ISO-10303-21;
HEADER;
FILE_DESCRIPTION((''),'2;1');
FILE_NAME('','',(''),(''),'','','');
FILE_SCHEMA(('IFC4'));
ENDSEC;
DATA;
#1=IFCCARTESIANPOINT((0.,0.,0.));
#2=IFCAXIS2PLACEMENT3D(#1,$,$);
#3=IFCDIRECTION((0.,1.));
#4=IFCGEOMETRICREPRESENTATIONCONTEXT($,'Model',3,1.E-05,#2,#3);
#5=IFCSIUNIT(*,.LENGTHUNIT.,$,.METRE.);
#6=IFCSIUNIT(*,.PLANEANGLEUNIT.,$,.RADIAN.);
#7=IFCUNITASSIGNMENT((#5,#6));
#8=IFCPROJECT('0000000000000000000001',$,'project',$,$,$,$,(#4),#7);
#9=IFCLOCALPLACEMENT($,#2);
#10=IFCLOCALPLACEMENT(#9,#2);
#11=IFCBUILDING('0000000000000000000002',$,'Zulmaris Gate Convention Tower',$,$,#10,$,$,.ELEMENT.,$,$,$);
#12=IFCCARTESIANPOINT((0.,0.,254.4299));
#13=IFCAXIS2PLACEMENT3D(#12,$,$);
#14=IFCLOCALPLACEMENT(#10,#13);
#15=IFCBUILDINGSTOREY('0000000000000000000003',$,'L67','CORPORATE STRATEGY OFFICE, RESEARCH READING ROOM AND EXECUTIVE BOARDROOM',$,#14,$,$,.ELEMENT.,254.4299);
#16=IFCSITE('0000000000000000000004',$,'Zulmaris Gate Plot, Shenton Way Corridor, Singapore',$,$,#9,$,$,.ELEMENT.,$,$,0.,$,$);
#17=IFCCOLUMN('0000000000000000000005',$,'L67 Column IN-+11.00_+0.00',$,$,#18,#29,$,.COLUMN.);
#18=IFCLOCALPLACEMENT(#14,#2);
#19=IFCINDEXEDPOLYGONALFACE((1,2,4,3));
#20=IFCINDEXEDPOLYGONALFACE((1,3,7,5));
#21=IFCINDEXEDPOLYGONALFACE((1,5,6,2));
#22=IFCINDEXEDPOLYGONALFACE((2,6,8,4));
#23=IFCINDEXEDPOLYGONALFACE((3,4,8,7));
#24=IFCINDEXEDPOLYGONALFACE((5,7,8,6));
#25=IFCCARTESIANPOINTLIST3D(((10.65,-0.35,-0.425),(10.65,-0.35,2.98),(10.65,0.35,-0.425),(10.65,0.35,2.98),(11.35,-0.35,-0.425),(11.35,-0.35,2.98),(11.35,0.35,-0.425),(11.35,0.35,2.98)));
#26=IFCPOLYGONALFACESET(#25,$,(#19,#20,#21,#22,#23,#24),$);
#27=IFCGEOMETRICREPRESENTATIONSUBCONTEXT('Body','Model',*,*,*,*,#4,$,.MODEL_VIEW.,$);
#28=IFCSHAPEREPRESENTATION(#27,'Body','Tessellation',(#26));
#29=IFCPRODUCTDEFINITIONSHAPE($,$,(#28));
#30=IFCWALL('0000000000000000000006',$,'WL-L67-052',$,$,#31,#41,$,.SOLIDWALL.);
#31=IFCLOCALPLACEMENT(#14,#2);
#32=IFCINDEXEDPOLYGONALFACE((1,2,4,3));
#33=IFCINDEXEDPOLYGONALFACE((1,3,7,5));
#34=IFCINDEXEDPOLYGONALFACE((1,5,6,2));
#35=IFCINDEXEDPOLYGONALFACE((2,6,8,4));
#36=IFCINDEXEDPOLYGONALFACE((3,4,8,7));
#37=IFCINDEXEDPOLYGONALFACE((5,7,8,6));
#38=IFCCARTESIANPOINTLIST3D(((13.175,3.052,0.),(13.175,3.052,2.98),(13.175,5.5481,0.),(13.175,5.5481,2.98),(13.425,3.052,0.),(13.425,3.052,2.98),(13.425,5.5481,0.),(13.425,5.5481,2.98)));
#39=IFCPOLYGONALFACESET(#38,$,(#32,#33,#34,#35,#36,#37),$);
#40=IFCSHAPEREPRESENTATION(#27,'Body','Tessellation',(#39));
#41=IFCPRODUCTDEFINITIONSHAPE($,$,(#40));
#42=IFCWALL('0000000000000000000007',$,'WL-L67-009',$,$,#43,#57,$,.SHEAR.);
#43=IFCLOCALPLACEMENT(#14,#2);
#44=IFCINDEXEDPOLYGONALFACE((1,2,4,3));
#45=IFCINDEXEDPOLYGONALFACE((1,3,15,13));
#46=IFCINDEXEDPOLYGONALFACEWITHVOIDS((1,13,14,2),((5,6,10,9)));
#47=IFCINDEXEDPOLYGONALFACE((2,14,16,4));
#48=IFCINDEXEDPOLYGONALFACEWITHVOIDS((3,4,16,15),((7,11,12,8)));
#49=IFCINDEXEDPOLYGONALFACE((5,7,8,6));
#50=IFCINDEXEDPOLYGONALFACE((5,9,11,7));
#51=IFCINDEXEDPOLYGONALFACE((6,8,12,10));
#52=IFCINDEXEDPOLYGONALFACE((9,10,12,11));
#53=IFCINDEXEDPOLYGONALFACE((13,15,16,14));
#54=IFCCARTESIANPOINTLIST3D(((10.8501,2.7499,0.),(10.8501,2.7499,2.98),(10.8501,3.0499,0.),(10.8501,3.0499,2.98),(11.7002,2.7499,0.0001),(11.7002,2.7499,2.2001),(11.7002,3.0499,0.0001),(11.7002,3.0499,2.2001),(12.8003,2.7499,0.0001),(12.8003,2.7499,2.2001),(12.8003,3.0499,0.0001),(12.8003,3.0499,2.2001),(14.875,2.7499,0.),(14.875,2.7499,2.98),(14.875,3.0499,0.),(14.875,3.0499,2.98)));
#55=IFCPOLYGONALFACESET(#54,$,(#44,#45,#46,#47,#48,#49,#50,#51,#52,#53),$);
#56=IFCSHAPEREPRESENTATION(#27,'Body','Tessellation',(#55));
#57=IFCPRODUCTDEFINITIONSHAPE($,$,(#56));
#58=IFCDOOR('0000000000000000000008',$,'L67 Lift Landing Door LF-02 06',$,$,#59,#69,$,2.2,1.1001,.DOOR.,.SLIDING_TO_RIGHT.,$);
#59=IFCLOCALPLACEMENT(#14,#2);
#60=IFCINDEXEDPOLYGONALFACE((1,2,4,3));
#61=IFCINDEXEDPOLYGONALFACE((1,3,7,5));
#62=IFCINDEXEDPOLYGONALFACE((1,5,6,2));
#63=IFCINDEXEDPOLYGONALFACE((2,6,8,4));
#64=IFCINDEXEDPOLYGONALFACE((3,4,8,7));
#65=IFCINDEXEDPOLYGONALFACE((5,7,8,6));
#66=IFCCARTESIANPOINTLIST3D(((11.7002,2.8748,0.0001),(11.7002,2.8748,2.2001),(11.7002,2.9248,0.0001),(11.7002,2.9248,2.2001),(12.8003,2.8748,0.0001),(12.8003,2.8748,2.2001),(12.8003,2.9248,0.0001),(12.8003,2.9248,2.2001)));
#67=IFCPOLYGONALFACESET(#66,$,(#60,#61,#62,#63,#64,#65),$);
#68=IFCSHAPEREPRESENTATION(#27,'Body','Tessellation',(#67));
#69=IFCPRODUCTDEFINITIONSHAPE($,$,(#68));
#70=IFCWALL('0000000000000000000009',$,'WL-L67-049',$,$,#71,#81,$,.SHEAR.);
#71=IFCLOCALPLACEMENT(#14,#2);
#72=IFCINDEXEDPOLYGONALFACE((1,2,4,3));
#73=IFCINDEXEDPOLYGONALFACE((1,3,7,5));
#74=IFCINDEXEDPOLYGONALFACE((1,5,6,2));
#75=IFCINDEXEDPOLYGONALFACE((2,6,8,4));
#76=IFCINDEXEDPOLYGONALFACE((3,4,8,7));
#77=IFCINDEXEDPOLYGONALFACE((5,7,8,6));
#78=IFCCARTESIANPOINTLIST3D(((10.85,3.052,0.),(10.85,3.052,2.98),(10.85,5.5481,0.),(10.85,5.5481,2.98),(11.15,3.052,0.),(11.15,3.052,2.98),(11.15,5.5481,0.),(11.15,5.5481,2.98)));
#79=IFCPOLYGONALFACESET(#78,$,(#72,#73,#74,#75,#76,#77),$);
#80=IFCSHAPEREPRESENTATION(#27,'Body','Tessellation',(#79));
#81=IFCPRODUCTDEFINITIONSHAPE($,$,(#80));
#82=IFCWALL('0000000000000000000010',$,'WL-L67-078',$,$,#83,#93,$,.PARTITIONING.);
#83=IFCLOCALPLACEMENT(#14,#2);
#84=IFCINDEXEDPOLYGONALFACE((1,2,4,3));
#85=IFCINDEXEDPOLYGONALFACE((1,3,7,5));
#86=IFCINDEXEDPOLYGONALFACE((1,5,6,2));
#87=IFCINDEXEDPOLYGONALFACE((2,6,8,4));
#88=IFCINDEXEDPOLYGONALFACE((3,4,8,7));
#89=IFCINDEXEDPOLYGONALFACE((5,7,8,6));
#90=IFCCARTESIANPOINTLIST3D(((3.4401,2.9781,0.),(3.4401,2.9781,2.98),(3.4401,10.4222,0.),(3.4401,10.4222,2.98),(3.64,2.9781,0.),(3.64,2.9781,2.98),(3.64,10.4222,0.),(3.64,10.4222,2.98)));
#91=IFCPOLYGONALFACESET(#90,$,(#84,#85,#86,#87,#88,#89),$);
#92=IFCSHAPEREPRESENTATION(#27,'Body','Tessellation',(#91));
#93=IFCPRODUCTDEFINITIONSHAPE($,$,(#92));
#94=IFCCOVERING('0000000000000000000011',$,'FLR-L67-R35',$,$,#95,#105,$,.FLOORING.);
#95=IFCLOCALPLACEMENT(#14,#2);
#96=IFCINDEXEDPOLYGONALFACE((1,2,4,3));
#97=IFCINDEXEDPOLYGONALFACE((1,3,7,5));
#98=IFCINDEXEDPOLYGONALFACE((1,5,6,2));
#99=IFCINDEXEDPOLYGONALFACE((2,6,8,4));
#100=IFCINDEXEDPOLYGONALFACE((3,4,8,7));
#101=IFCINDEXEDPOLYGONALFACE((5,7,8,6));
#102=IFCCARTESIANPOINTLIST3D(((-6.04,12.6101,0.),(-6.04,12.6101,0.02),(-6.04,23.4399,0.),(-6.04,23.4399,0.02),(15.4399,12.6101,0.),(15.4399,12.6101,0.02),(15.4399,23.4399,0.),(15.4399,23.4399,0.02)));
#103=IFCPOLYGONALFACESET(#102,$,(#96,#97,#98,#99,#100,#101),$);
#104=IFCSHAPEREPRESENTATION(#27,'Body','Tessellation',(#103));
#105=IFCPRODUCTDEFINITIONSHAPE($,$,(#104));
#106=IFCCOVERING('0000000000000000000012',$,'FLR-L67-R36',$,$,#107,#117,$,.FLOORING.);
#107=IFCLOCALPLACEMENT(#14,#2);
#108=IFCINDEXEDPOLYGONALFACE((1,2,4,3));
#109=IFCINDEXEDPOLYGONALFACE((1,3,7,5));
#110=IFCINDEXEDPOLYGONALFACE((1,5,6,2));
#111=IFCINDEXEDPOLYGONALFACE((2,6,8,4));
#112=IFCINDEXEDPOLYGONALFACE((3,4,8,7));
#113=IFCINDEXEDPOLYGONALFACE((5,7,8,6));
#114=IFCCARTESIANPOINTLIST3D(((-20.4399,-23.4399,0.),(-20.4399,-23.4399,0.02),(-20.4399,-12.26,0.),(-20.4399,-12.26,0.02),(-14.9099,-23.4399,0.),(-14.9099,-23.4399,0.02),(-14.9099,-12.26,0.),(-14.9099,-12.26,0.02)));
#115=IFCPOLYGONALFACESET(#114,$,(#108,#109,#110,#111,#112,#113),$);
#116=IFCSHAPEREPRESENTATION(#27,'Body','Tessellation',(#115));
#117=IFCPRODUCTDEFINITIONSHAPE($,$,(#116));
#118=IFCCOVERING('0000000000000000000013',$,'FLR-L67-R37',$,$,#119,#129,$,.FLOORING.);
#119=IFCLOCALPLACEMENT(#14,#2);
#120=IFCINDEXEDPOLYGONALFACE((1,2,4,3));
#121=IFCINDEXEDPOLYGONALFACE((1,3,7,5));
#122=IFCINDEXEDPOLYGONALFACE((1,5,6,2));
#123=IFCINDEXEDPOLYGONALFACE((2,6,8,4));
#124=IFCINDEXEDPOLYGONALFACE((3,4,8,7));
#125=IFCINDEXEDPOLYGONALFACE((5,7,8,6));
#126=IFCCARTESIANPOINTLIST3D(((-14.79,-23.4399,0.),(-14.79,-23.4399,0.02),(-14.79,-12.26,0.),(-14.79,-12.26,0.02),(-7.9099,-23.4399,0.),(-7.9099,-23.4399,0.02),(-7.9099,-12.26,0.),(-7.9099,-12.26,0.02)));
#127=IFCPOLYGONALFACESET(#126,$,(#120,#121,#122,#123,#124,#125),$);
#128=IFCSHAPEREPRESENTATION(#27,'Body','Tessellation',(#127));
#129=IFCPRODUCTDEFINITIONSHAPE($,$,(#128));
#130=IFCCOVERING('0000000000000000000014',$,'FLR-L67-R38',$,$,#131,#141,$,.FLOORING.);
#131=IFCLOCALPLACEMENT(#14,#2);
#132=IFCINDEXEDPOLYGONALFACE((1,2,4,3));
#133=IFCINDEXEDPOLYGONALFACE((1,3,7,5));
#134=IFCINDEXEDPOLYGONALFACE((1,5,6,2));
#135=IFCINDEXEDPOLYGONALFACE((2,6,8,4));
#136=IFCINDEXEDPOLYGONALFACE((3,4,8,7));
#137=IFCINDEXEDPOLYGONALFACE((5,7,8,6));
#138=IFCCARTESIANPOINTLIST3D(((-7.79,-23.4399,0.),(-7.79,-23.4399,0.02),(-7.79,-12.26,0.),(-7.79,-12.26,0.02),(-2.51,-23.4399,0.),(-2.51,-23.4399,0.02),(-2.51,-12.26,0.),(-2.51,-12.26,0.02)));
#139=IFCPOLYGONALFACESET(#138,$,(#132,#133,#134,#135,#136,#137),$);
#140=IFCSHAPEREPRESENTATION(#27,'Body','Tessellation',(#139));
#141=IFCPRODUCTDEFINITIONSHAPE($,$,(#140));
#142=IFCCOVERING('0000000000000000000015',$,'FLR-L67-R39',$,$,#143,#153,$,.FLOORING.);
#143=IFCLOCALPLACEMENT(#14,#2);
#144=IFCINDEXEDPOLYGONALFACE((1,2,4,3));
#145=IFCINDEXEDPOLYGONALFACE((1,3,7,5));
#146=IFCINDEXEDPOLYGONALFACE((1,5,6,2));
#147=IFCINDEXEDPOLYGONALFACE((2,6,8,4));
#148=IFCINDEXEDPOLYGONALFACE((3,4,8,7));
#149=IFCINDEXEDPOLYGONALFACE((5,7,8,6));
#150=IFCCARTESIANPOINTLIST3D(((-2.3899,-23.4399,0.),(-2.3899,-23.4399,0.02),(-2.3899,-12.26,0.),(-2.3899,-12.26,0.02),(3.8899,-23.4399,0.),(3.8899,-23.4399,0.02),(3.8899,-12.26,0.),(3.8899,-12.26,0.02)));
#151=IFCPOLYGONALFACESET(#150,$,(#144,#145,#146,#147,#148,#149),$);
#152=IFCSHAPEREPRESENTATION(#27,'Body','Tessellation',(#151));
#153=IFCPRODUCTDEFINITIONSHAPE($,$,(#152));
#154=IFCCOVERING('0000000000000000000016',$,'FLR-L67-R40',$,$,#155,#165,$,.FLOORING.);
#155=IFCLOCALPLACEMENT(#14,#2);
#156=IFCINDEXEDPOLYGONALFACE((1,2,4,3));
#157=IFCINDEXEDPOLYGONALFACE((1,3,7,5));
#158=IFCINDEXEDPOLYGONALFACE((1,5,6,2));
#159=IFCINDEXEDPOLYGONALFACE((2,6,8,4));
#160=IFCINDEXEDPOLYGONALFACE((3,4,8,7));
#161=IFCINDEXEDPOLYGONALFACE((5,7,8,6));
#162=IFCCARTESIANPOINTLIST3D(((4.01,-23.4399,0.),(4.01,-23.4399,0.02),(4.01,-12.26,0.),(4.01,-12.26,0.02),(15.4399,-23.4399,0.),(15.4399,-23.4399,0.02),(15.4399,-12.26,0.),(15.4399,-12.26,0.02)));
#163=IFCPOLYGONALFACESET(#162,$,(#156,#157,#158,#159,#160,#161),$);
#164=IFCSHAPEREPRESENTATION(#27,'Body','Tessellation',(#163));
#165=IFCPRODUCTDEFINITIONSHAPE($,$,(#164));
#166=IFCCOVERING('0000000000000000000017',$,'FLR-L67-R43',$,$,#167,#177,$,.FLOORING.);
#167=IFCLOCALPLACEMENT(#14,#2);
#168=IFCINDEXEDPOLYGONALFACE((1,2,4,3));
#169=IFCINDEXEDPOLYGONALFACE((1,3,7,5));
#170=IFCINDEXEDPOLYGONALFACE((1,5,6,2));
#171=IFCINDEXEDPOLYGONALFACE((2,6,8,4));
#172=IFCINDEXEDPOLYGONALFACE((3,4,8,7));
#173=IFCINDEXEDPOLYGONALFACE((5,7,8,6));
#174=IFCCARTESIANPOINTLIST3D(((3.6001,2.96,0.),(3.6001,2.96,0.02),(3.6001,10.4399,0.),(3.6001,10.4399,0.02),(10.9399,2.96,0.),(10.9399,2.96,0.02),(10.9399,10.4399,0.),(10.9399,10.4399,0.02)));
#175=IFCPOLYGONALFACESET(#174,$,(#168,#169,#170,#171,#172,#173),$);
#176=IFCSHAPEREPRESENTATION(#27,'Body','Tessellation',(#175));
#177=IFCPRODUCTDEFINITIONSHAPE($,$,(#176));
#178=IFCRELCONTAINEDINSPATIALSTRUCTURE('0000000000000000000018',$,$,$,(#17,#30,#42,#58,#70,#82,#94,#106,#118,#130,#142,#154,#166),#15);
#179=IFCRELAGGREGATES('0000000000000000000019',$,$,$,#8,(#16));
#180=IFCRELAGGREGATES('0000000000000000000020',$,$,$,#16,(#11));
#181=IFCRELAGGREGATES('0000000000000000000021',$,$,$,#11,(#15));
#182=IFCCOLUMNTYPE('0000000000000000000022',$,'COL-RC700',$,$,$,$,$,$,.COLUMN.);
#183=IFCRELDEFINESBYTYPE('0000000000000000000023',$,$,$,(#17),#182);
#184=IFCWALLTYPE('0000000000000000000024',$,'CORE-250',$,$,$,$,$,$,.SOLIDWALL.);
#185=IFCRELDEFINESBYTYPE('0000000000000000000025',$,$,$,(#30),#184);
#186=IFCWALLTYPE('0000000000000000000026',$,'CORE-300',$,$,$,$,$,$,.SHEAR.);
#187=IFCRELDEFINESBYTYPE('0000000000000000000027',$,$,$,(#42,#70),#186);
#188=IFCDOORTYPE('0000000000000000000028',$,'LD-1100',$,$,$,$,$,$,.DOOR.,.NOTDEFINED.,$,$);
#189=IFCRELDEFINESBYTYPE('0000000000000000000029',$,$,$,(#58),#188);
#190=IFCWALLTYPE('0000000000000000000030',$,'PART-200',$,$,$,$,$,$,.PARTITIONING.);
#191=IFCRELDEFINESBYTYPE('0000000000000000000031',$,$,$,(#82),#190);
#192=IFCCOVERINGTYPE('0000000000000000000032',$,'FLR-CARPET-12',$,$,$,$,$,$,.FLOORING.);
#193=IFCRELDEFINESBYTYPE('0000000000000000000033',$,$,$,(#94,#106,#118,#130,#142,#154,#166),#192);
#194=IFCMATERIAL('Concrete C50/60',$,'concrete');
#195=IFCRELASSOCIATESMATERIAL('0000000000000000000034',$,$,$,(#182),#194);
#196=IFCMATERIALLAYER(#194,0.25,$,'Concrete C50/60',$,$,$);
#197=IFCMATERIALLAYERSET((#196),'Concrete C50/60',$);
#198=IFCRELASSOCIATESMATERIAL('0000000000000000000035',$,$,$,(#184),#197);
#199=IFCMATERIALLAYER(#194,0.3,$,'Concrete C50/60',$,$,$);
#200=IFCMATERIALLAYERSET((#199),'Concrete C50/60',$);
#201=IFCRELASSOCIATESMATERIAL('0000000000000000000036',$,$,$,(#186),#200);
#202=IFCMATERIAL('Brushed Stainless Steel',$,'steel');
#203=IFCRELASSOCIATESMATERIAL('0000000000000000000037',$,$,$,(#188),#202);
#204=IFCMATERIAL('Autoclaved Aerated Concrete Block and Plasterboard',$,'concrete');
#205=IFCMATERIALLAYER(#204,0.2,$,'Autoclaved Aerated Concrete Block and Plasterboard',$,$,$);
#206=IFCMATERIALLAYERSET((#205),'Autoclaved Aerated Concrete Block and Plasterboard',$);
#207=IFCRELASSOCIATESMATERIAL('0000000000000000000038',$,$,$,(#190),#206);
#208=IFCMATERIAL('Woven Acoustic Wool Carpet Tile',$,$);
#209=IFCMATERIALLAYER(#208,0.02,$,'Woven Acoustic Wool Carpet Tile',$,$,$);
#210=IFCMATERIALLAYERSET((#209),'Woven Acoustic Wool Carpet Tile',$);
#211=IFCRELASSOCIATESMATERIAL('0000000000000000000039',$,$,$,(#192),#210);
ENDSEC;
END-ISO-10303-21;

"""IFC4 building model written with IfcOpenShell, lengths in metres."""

from ifc_helpers import new_model, si_unit, direction, frame, frame_2d, origin, origin_2d, place, context, subcontext, project, spatial, polyline, rectangle, outline, extrude, material, layer, layer_set, material_profile, profile_set, type_object, element, fill, save


model = new_model("IFC4")

# Units and contexts
model_context = context("Model", 3, precision=1e-05, world=origin(), true_north=direction((0.0, 1.0)))
body_context = subcontext(model_context, "Body", "Model", "MODEL_VIEW")
ifc_project = project(units=[si_unit("LENGTHUNIT", "METRE"), si_unit("PLANEANGLEUNIT", "RADIAN")], contexts=[model_context])

# Site, building, storey
site_placement = place(None, origin())
site = spatial("IfcSite", under=ifc_project, at=site_placement, Name="Zulmaris Gate Plot, Shenton Way Corridor, Singapore", CompositionType="ELEMENT", RefElevation=0.0)
building_placement = place(site_placement, origin())
building = spatial("IfcBuilding", under=site, at=building_placement, Name="Zulmaris Gate Convention Tower", CompositionType="ELEMENT")
storey_placement = place(building_placement, frame((0.0, 0.0, 254.4299)))
storey = spatial("IfcBuildingStorey", under=building, at=storey_placement, Name="L67", Description="CORPORATE STRATEGY OFFICE, RESEARCH READING ROOM AND EXECUTIVE BOARDROOM", CompositionType="ELEMENT", Elevation=254.4299)

# Column
ifc_material_1 = material(Name="Concrete C50/60", Category="concrete")
ifc_material_profile = material_profile(ifc_material_1, rectangle(XDim=0.7, YDim=0.7, at=origin_2d()), Name="RC COL 700x700")
ifc_profile_set = profile_set([ifc_material_profile], Name="Concrete C50/60")
column_type = type_object("IfcColumnType", Name="COL-RC700", PredefinedType="COLUMN", material=ifc_profile_set)
column_placement = place(storey_placement, frame((11.0, 0.0, -0.425), z_axis=(0.0, 0.0, 1.0), x_axis=(1.0, 0.0, 0.0)))
element("IfcColumn", 1, at=column_placement, inside=storey, type_object=column_type, Name="L67 Column IN-+11.00_+0.00", PredefinedType="COLUMN", context=body_context, shape_type="SweptSolid", body=[
    extrude(rectangle(XDim=0.7, YDim=0.7, at=origin_2d()), origin(), (0.0, 0.0, 1.0), 3.405),
])

# Wall
ifc_layer_1 = layer(ifc_material_1, 0.25, Name="Concrete C50/60")
ifc_layer_set_1 = layer_set([ifc_layer_1], Name="Concrete C50/60")
wall_type_1 = type_object("IfcWallType", Name="CORE-250", PredefinedType="SOLIDWALL", material=ifc_layer_set_1)
wall_1_placement = place(storey_placement, frame((13.3, 3.052, 0.0), z_axis=(0.0, 0.0, 1.0), x_axis=(0.0, 1.0, 0.0)))
element("IfcWall", 2, at=wall_1_placement, inside=storey, type_object=wall_type_1, Name="WL-L67-052", PredefinedType="SOLIDWALL", context=body_context, shape_type="SweptSolid", body=[
    extrude(rectangle(XDim=2.4961, YDim=0.25, at=frame_2d((1.248, 0.0))), origin(), (0.0, 0.0, 1.0), 2.98),
])

# Wall, opening, door
ifc_layer_2 = layer(ifc_material_1, 0.3, Name="Concrete C50/60")
ifc_layer_set_2 = layer_set([ifc_layer_2], Name="Concrete C50/60")
wall_type_2 = type_object("IfcWallType", Name="CORE-300", PredefinedType="SHEAR", material=ifc_layer_set_2)
wall_2_placement = place(storey_placement, frame((10.8501, 2.8999, 0.0), z_axis=(0.0, 0.0, 1.0), x_axis=(1.0, 0.0, 0.0)))
wall_2 = element("IfcWall", 3, at=wall_2_placement, inside=storey, type_object=wall_type_2, Name="WL-L67-009", PredefinedType="SHEAR", context=body_context, shape_type="SweptSolid", body=[
    extrude(rectangle(XDim=4.0249, YDim=0.3, at=frame_2d((2.0125, 0.0))), origin(), (0.0, 0.0, 1.0), 2.98),
])
opening_1_placement = place(wall_2_placement, frame((0.8501, 0.0, 0.0)))
opening_1 = element("IfcOpeningElement", 4, at=opening_1_placement, cuts=wall_2, PredefinedType="OPENING", context=body_context, shape_type="SweptSolid", body=[
    extrude(rectangle(XDim=1.1001, YDim=2.2, at=frame_2d((0.55, 1.1001))), frame((0.0, 0.1602, 0.0), z_axis=(0.0, -1.0, 0.0), x_axis=(1.0, 0.0, 0.0)), (0.0, 0.0, 1.0), 0.3201),
])
ifc_material_2 = material(Name="Brushed Stainless Steel", Category="steel")
door_type_1 = type_object("IfcDoorType", Name="LD-1100", OperationType="NOTDEFINED", PredefinedType="DOOR", material=ifc_material_2)
door_1_placement = place(opening_1_placement, origin())
door_1 = element("IfcDoor", 5, at=door_1_placement, inside=storey, type_object=door_type_1, Name="L67 Lift Landing Door LF-02 06", OperationType="SLIDING_TO_RIGHT", OverallHeight=2.2, OverallWidth=1.1001, PredefinedType="DOOR", context=body_context, shape_type="SweptSolid", body=[
    extrude(rectangle(XDim=1.1001, YDim=2.2, at=frame_2d((0.55, 1.1001))), frame((0.0, 0.0249, 0.0), z_axis=(0.0, -1.0, 0.0), x_axis=(1.0, 0.0, 0.0)), (0.0, 0.0, 1.0), 0.05),
])
fill(opening_1, door_1)

# Walls
wall_3_placement = place(storey_placement, frame((11.0, 3.052, 0.0), z_axis=(0.0, 0.0, 1.0), x_axis=(0.0, 1.0, 0.0)))
element("IfcWall", 6, at=wall_3_placement, inside=storey, type_object=wall_type_2, Name="WL-L67-049", PredefinedType="SHEAR", context=body_context, shape_type="SweptSolid", body=[
    extrude(rectangle(XDim=2.4961, YDim=0.3, at=frame_2d((1.248, 0.0))), origin(), (0.0, 0.0, 1.0), 2.98),
])
ifc_material_3 = material(Name="Autoclaved Aerated Concrete Block and Plasterboard", Category="concrete")
ifc_layer_3 = layer(ifc_material_3, 0.2, Name="Autoclaved Aerated Concrete Block and Plasterboard")
ifc_layer_set_3 = layer_set([ifc_layer_3], Name="Autoclaved Aerated Concrete Block and Plasterboard")
wall_type_3 = type_object("IfcWallType", Name="PART-200", PredefinedType="PARTITIONING", material=ifc_layer_set_3)
wall_4_placement = place(storey_placement, frame((3.54, 2.978, 0.0), z_axis=(0.0, 0.0, 1.0), x_axis=(0.0, 1.0, 0.0)))
element("IfcWall", 7, at=wall_4_placement, inside=storey, type_object=wall_type_3, Name="WL-L67-078", PredefinedType="PARTITIONING", context=body_context, shape_type="SweptSolid", body=[
    extrude(rectangle(XDim=7.4441, YDim=0.2, at=frame_2d((3.7222, 0.0))), origin(), (0.0, 0.0, 1.0), 2.98),
])

# Coverings
ifc_material_4 = material(Name="Woven Acoustic Wool Carpet Tile")
ifc_layer_4 = layer(ifc_material_4, 0.02, Name="Woven Acoustic Wool Carpet Tile")
ifc_layer_set_4 = layer_set([ifc_layer_4], Name="Woven Acoustic Wool Carpet Tile")
covering_type_1 = type_object("IfcCoveringType", Name="FLR-CARPET-12", PredefinedType="FLOORING", material=ifc_layer_set_4)
covering_1_placement = place(storey_placement, origin())
element("IfcCovering", 8, at=covering_1_placement, inside=storey, type_object=covering_type_1, Name="FLR-L67-R35", PredefinedType="FLOORING", context=body_context, shape_type="SweptSolid", body=[
    extrude(outline(polyline([(-6.04, 12.6101), (15.4399, 12.6101), (15.4399, 23.4399), (-6.04, 23.4399), (-6.04, 12.6101)])), origin(), (0.0, 0.0, 1.0), 0.02),
])
covering_2_placement = place(storey_placement, origin())
element("IfcCovering", 9, at=covering_2_placement, inside=storey, type_object=covering_type_1, Name="FLR-L67-R36", PredefinedType="FLOORING", context=body_context, shape_type="SweptSolid", body=[
    extrude(outline(polyline([(-20.4399, -23.4399), (-14.9099, -23.4399), (-14.9099, -12.26), (-20.4399, -12.26), (-20.4399, -23.4399)])), origin(), (0.0, 0.0, 1.0), 0.02),
])
covering_3_placement = place(storey_placement, origin())
element("IfcCovering", 10, at=covering_3_placement, inside=storey, type_object=covering_type_1, Name="FLR-L67-R37", PredefinedType="FLOORING", context=body_context, shape_type="SweptSolid", body=[
    extrude(outline(polyline([(-14.79, -23.4399), (-7.9099, -23.4399), (-7.9099, -12.26), (-14.79, -12.26), (-14.79, -23.4399)])), origin(), (0.0, 0.0, 1.0), 0.02),
])
covering_4_placement = place(storey_placement, origin())
element("IfcCovering", 11, at=covering_4_placement, inside=storey, type_object=covering_type_1, Name="FLR-L67-R38", PredefinedType="FLOORING", context=body_context, shape_type="SweptSolid", body=[
    extrude(outline(polyline([(-7.79, -23.4399), (-2.51, -23.4399), (-2.51, -12.26), (-7.79, -12.26), (-7.79, -23.4399)])), origin(), (0.0, 0.0, 1.0), 0.02),
])
covering_5_placement = place(storey_placement, origin())
element("IfcCovering", 12, at=covering_5_placement, inside=storey, type_object=covering_type_1, Name="FLR-L67-R39", PredefinedType="FLOORING", context=body_context, shape_type="SweptSolid", body=[
    extrude(outline(polyline([(-2.3899, -23.4399), (3.8899, -23.4399), (3.8899, -12.26), (-2.3899, -12.26), (-2.3899, -23.4399)])), origin(), (0.0, 0.0, 1.0), 0.02),
])
covering_6_placement = place(storey_placement, origin())
element("IfcCovering", 13, at=covering_6_placement, inside=storey, type_object=covering_type_1, Name="FLR-L67-R40", PredefinedType="FLOORING", context=body_context, shape_type="SweptSolid", body=[
    extrude(outline(polyline([(4.01, -23.4399), (15.4399, -23.4399), (15.4399, -12.26), (4.01, -12.26), (4.01, -23.4399)])), origin(), (0.0, 0.0, 1.0), 0.02),
])
covering_7_placement = place(storey_placement, origin())
element("IfcCovering", 14, at=covering_7_placement, inside=storey, type_object=covering_type_1, Name="FLR-L67-R43", PredefinedType="FLOORING", context=body_context, shape_type="SweptSolid", body=[
    extrude(outline(polyline([(3.6001, 2.96), (10.9399, 2.96), (10.9399, 10.4399), (3.6001, 10.4399), (3.6001, 2.96)])), origin(), (0.0, 0.0, 1.0), 0.02),
])

save(model, "model.ifc")
